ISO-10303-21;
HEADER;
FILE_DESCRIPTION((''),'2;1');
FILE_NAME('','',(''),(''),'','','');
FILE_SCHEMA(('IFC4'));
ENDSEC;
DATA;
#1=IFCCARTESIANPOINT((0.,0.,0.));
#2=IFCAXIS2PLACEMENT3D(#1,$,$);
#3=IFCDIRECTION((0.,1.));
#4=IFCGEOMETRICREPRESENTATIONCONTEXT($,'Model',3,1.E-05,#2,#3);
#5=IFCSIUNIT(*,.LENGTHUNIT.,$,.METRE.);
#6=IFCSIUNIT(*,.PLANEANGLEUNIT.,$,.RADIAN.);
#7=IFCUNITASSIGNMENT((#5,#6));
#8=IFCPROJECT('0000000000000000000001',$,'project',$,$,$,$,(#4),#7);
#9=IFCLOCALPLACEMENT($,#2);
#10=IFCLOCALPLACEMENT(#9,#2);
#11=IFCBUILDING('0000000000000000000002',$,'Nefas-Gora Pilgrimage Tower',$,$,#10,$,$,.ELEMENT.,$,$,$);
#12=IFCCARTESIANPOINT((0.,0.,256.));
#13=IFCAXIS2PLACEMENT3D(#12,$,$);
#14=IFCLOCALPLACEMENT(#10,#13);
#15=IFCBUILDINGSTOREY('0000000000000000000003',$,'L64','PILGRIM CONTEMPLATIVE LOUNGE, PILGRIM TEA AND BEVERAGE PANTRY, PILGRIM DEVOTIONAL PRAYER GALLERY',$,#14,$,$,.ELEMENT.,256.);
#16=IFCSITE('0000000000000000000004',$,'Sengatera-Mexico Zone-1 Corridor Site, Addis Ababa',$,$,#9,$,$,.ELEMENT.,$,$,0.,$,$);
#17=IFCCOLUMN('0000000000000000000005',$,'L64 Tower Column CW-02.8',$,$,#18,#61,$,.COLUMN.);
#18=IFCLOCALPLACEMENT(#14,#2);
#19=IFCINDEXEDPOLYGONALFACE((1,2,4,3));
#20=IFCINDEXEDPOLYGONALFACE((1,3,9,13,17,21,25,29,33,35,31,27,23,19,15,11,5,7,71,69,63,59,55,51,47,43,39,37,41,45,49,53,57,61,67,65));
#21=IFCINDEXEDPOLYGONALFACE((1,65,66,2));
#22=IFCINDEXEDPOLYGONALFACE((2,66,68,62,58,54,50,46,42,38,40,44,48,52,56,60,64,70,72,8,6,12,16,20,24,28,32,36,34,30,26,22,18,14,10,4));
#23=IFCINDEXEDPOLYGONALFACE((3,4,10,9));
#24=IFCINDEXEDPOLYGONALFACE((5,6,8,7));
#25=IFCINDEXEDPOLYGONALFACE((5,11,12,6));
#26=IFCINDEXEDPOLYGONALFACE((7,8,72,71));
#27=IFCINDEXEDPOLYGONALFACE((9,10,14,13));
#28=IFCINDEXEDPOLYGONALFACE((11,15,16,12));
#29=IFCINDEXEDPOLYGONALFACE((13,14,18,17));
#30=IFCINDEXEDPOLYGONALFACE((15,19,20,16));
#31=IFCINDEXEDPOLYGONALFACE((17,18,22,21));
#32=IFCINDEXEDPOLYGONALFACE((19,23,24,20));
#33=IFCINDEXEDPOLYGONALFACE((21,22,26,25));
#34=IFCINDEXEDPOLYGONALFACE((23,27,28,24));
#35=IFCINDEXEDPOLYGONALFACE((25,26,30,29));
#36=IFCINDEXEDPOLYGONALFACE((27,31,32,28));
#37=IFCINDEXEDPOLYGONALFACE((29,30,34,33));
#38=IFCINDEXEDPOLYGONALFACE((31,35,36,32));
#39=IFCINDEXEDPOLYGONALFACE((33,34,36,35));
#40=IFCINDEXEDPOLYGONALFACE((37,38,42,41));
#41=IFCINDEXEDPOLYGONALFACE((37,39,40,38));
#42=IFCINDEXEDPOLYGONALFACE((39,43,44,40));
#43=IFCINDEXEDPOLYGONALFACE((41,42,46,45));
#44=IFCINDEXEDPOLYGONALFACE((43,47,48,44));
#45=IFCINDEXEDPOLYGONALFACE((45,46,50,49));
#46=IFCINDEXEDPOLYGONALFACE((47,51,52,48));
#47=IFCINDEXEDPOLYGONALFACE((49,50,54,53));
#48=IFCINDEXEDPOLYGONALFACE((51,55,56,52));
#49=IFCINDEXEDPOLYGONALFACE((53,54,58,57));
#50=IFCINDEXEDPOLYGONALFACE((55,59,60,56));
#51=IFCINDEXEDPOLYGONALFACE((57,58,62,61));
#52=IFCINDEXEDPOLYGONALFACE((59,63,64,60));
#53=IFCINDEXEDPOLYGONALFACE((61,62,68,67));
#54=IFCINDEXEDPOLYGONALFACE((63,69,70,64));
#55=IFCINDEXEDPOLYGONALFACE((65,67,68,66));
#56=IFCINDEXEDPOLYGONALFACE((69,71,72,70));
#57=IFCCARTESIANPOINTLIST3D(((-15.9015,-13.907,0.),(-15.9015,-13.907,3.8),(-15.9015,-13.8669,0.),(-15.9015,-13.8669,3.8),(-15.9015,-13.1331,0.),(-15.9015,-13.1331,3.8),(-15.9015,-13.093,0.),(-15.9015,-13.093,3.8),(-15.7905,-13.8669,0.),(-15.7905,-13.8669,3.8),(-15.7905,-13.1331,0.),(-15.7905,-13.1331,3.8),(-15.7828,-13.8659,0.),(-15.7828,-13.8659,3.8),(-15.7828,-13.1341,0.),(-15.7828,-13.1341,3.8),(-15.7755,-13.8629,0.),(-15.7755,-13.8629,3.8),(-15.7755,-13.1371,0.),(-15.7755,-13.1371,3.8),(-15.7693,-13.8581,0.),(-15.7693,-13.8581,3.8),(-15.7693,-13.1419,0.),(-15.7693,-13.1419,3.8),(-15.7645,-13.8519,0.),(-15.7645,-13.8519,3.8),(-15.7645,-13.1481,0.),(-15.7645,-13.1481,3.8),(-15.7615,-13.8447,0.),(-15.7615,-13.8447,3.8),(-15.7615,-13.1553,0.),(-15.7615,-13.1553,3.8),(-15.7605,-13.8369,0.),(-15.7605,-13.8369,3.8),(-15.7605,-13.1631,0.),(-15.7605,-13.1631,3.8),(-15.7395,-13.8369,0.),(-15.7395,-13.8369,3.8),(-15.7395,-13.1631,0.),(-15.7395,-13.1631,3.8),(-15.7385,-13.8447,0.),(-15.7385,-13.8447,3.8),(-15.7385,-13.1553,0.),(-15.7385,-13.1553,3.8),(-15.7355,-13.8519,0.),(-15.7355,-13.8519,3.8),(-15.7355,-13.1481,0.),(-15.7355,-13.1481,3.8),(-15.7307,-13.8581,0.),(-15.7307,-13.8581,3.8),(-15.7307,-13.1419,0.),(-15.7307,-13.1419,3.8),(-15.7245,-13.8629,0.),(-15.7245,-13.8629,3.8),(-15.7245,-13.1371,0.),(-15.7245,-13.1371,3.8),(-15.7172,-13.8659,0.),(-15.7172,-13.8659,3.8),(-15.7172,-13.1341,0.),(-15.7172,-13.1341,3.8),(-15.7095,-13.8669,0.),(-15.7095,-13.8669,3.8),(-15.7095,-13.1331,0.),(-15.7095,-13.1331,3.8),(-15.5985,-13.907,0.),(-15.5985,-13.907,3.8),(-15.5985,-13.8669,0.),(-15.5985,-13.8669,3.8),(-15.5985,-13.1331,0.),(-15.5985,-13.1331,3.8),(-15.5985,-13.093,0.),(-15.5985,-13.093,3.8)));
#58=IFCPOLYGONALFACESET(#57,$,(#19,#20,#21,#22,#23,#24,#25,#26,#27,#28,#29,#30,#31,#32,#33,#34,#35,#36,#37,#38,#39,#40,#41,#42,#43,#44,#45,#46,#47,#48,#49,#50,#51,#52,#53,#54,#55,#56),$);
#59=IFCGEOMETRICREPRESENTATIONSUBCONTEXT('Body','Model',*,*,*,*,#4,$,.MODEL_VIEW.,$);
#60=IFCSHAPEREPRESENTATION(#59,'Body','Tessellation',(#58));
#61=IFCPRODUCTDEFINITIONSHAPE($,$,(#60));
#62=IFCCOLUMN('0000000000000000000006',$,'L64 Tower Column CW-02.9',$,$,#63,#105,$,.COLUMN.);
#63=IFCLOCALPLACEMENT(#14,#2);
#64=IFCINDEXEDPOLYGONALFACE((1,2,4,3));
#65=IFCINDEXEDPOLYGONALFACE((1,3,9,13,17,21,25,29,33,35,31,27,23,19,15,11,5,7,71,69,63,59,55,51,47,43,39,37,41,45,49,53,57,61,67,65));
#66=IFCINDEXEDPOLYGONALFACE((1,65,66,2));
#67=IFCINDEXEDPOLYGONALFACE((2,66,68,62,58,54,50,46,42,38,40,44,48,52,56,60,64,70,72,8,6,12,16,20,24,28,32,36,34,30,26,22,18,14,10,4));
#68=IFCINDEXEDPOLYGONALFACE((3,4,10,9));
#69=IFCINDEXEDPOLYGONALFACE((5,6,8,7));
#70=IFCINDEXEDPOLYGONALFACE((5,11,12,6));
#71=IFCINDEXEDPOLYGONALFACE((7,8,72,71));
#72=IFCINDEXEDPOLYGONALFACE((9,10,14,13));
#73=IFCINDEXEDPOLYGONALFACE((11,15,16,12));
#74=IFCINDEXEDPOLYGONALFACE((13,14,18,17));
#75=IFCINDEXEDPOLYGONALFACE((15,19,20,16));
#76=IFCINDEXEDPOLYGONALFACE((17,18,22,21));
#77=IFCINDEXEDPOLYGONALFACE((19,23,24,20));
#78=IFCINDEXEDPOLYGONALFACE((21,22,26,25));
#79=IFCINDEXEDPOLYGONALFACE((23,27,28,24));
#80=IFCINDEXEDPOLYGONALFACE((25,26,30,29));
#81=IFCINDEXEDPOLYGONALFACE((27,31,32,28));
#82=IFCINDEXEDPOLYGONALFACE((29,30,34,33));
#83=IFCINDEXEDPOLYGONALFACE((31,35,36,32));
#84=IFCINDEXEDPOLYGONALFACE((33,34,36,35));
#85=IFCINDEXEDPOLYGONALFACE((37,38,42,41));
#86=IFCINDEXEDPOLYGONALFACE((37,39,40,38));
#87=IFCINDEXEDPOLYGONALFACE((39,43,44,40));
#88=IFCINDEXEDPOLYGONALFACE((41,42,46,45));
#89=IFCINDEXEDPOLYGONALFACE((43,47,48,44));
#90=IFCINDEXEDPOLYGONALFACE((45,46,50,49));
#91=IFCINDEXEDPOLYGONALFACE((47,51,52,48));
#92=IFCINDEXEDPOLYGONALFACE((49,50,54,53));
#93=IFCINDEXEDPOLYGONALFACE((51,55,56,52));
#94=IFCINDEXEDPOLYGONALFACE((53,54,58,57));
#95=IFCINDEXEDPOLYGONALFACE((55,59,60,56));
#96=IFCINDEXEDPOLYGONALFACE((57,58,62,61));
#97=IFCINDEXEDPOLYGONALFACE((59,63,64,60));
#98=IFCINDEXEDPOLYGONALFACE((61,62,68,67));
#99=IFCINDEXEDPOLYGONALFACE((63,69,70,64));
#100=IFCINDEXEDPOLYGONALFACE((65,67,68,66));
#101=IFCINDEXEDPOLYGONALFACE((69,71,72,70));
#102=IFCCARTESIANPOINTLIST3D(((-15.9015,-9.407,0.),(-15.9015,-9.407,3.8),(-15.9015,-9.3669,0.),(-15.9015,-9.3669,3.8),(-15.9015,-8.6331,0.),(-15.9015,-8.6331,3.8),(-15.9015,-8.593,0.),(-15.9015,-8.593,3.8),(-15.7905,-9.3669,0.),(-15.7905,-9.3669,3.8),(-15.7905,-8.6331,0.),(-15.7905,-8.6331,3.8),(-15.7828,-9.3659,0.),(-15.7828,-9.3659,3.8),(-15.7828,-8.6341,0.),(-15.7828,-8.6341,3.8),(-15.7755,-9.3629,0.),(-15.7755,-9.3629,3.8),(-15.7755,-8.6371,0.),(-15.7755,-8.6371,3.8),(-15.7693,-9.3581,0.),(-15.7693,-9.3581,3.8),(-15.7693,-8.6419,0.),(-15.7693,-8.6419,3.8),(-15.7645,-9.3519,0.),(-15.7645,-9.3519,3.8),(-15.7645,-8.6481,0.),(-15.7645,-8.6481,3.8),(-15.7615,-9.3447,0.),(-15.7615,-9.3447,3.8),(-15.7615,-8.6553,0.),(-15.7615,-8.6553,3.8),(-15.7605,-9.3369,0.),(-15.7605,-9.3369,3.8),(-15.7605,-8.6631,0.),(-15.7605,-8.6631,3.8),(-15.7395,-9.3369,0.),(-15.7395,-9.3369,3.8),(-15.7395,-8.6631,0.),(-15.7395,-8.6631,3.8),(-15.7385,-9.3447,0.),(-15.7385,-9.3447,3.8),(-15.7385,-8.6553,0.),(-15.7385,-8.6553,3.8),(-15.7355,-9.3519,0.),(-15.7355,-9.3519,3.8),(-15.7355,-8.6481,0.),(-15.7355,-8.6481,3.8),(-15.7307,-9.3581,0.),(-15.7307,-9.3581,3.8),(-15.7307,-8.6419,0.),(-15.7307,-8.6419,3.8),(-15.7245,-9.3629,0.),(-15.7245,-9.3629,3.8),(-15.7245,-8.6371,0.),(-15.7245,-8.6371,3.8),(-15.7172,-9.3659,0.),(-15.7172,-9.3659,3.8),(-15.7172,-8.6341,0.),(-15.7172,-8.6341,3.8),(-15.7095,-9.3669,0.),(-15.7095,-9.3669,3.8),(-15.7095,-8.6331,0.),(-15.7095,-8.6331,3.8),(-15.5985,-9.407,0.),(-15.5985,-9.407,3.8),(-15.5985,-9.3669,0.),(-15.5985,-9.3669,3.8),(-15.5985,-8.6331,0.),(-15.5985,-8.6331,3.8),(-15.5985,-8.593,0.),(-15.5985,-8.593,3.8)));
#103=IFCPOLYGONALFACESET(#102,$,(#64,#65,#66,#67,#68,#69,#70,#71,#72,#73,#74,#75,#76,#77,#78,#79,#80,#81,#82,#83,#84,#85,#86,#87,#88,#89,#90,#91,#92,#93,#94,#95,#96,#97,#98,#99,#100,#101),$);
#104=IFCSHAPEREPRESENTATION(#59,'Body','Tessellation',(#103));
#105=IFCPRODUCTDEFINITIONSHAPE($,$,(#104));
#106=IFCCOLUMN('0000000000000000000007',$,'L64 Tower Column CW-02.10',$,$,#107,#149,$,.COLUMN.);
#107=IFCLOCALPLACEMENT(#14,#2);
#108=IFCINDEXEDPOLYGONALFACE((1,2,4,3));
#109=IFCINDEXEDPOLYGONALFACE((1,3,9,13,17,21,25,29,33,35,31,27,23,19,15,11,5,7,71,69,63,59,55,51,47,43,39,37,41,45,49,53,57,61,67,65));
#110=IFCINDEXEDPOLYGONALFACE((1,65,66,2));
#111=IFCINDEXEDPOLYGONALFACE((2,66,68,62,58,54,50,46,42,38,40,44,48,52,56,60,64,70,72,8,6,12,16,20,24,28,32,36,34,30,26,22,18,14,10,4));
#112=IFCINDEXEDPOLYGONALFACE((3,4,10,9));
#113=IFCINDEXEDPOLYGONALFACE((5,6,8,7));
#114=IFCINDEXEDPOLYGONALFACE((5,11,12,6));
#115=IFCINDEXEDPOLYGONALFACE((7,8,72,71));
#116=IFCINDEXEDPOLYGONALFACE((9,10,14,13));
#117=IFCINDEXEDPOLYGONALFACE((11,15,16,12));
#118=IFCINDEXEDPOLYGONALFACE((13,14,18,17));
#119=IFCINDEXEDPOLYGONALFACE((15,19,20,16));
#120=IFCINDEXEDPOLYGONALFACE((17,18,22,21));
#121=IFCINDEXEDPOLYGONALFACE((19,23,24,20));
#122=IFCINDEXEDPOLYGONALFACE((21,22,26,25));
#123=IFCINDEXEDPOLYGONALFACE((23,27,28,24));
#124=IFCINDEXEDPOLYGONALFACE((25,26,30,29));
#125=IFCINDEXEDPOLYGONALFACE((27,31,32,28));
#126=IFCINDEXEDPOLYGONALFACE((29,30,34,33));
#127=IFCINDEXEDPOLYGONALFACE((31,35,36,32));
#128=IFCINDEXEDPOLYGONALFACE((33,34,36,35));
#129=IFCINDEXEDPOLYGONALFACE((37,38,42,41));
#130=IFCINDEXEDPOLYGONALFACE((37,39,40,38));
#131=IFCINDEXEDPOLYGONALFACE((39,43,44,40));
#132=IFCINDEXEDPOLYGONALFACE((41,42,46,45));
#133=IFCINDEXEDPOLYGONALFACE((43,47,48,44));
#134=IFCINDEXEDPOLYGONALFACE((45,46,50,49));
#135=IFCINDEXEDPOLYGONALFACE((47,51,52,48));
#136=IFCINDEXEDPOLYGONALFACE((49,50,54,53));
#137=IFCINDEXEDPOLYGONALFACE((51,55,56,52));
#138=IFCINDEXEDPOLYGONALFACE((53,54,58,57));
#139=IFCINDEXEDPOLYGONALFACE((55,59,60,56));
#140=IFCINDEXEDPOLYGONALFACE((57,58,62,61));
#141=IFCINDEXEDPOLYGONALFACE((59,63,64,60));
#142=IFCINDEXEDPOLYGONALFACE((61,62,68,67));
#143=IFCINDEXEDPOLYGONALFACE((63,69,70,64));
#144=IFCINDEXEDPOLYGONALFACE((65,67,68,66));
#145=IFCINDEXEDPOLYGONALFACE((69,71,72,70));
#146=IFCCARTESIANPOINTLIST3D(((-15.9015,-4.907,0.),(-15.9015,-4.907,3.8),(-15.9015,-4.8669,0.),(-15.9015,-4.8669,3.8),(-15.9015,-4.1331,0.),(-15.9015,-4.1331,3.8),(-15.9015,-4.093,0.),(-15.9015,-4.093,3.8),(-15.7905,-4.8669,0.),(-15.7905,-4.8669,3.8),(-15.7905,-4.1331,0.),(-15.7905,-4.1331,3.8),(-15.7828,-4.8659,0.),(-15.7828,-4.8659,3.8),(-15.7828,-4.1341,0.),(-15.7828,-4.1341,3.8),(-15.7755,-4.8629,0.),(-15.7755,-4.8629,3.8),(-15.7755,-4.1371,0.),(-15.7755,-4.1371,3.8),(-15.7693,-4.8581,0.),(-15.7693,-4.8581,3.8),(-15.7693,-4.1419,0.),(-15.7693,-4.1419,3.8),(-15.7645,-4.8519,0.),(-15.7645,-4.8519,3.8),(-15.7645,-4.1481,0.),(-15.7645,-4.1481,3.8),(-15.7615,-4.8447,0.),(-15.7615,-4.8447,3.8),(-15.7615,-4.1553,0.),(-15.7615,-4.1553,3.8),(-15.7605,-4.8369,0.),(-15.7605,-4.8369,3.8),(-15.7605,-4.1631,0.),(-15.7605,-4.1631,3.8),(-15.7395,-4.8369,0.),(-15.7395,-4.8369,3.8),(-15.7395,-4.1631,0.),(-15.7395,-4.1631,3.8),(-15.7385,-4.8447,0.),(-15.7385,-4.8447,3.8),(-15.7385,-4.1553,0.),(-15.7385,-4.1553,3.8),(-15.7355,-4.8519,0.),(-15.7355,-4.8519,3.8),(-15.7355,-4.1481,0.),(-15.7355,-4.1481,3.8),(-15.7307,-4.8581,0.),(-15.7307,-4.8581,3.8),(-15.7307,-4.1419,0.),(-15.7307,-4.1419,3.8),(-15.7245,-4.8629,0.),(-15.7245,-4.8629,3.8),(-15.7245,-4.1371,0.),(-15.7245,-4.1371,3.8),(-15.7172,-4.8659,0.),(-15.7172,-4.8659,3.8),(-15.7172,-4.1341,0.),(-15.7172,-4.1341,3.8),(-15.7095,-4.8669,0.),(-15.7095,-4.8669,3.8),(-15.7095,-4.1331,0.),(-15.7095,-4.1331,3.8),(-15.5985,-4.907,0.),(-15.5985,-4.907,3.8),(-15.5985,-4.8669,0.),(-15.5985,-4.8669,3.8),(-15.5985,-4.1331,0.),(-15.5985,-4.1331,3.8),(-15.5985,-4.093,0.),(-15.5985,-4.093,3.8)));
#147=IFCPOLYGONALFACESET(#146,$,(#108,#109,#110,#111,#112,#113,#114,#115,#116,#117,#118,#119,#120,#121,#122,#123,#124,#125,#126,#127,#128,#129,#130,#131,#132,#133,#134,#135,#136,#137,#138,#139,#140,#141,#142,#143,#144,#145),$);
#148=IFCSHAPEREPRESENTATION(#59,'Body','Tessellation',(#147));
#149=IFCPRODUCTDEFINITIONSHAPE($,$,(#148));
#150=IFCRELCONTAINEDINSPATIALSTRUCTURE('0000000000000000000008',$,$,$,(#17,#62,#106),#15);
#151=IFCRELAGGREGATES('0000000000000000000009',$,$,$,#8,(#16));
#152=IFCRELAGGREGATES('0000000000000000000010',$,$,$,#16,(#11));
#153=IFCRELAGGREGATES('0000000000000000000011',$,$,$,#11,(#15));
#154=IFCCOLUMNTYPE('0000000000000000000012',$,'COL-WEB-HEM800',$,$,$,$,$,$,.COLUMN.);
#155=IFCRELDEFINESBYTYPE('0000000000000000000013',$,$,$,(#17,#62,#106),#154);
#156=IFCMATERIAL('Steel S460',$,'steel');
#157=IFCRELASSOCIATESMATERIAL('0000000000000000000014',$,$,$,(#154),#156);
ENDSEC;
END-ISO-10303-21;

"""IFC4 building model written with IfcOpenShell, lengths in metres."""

from ifc_helpers import new_model, si_unit, direction, frame, origin, origin_2d, place, context, subcontext, project, spatial, i_section, extrude, source, transform, mapped, material, material_profile, profile_set, type_object, element, save


model = new_model("IFC4")

# Units and contexts
model_context = context("Model", 3, precision=1e-05, world=origin(), true_north=direction((0.0, 1.0)))
body_context = subcontext(model_context, "Body", "Model", "MODEL_VIEW")
ifc_project = project(units=[si_unit("LENGTHUNIT", "METRE"), si_unit("PLANEANGLEUNIT", "RADIAN")], contexts=[model_context])

# Site, building, storey
site_placement = place(None, origin())
site = spatial("IfcSite", under=ifc_project, at=site_placement, Name="Sengatera-Mexico Zone-1 Corridor Site, Addis Ababa", CompositionType="ELEMENT", RefElevation=0.0)
building_placement = place(site_placement, origin())
building = spatial("IfcBuilding", under=site, at=building_placement, Name="Nefas-Gora Pilgrimage Tower", CompositionType="ELEMENT")
storey_placement = place(building_placement, frame((0.0, 0.0, 256.0)))
storey = spatial("IfcBuildingStorey", under=building, at=storey_placement, Name="L64", Description="PILGRIM CONTEMPLATIVE LOUNGE, PILGRIM TEA AND BEVERAGE PANTRY, PILGRIM DEVOTIONAL PRAYER GALLERY", CompositionType="ELEMENT", Elevation=256.0)

# Columns
ifc_material_1 = material(Name="Steel S460", Category="steel")
ifc_material_profile_1 = material_profile(ifc_material_1, i_section(OverallWidth=0.303, OverallDepth=0.814, WebThickness=0.021, FlangeThickness=0.04, FilletRadius=0.03, at=origin_2d()), Name="HEM 800")
ifc_profile_set_1 = profile_set([ifc_material_profile_1], Name="Steel S460")
column_type_1 = type_object("IfcColumnType", Name="COL-WEB-HEM800", PredefinedType="COLUMN", material=ifc_profile_set_1)
shared_shape_1 = source(origin(), body_context, "Body", "SweptSolid", [
    extrude(i_section(OverallWidth=0.303, OverallDepth=0.814, WebThickness=0.021, FlangeThickness=0.04, FilletRadius=0.03, at=origin_2d()), origin(), (0.0, 0.0, 1.0), 3.8),
])
for number, where, z_axis, x_axis, name in (
    (1, (-15.75, -13.5, 0.0), (0.0, 0.0, 1.0), (1.0, 0.0, 0.0), "L64 Tower Column CW-02.8"),
    (2, (-15.75, -9.0, 0.0), (0.0, 0.0, 1.0), (1.0, 0.0, 0.0), "L64 Tower Column CW-02.9"),
    (3, (-15.75, -4.5, 0.0), (0.0, 0.0, 1.0), (1.0, 0.0, 0.0), "L64 Tower Column CW-02.10"),
):
    element("IfcColumn", number, at=place(storey_placement, frame(where, z_axis=z_axis, x_axis=x_axis)), inside=storey, type_object=column_type_1, Name=name, PredefinedType="COLUMN", context=body_context, shape_type="MappedRepresentation", body=[
        mapped(shared_shape_1, transform((0.0, 0.0, 0.0), x_axis=(1.0, 0.0, 0.0), y_axis=(0.0, 1.0, 0.0), z_axis=(0.0, 0.0, 1.0), scale=1.0)),
    ])

save(model, "model.ifc")
